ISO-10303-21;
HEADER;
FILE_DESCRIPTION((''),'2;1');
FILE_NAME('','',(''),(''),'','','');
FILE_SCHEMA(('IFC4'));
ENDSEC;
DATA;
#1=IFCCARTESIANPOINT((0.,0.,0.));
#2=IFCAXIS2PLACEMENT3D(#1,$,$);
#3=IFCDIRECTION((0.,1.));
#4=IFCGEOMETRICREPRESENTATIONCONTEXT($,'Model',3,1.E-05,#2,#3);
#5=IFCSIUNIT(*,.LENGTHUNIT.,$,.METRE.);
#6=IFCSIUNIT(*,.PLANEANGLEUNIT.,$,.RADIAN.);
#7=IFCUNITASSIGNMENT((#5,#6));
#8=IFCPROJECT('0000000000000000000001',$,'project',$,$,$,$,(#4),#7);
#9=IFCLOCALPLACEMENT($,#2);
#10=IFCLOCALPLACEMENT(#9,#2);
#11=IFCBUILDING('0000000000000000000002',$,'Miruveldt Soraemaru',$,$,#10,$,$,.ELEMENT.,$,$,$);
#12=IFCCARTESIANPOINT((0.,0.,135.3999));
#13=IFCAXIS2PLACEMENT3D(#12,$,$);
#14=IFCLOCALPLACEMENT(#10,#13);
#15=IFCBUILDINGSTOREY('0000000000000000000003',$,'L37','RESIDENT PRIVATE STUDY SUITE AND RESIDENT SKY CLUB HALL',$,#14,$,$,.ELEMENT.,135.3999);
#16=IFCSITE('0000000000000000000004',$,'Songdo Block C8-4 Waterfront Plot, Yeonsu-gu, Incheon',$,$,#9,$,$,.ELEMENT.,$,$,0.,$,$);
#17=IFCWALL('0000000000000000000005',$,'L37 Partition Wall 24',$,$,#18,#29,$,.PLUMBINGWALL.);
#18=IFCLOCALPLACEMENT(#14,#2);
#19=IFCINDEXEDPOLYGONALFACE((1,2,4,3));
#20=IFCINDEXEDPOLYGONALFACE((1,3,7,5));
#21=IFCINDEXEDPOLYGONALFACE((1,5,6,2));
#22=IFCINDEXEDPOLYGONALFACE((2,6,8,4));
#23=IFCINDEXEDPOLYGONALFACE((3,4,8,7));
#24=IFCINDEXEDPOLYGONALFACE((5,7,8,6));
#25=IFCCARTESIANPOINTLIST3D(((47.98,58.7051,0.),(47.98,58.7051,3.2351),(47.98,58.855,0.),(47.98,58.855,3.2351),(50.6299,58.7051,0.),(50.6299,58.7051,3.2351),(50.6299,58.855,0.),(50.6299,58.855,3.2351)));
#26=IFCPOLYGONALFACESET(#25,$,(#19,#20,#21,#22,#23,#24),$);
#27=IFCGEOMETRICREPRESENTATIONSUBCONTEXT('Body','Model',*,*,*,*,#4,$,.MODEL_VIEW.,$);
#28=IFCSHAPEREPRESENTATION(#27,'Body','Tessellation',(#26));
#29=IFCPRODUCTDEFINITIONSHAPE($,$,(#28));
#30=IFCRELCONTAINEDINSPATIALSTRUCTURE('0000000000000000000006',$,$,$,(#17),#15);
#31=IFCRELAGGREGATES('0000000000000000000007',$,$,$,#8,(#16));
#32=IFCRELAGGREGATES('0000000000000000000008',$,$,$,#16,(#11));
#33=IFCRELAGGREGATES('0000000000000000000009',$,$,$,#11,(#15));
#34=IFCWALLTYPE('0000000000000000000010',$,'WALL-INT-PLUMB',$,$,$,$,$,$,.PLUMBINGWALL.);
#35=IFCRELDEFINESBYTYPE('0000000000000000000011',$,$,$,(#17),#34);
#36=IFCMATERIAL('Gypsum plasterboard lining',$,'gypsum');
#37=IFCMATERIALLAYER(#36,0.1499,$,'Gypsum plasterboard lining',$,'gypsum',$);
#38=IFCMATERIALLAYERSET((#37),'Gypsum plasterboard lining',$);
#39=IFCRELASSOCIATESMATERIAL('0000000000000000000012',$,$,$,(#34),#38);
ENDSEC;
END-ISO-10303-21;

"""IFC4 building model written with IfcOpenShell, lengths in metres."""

from ifc_helpers import new_model, si_unit, direction, frame, frame_2d, origin, place, context, subcontext, project, spatial, rectangle, extrude, material, layer, layer_set, type_object, element, save


model = new_model("IFC4")

# Units and contexts
model_context = context("Model", 3, precision=1e-05, world=origin(), true_north=direction((0.0, 1.0)))
body_context = subcontext(model_context, "Body", "Model", "MODEL_VIEW")
ifc_project = project(units=[si_unit("LENGTHUNIT", "METRE"), si_unit("PLANEANGLEUNIT", "RADIAN")], contexts=[model_context])

# Site, building, storey
site_placement = place(None, origin())
site = spatial("IfcSite", under=ifc_project, at=site_placement, Name="Songdo Block C8-4 Waterfront Plot, Yeonsu-gu, Incheon", CompositionType="ELEMENT", RefElevation=0.0)
building_placement = place(site_placement, origin())
building = spatial("IfcBuilding", under=site, at=building_placement, Name="Miruveldt Soraemaru", CompositionType="ELEMENT")
storey_placement = place(building_placement, frame((0.0, 0.0, 135.3999)))
storey = spatial("IfcBuildingStorey", under=building, at=storey_placement, Name="L37", Description="RESIDENT PRIVATE STUDY SUITE AND RESIDENT SKY CLUB HALL", CompositionType="ELEMENT", Elevation=135.3999)

# Shared definitions
ifc_material_1 = material(Name="Gypsum plasterboard lining", Category="gypsum")

# Wall
ifc_layer_1 = layer(ifc_material_1, 0.1499, Name="Gypsum plasterboard lining", Category="gypsum")
ifc_layer_set_1 = layer_set([ifc_layer_1], Name="Gypsum plasterboard lining")
wall_type_1 = type_object("IfcWallType", Name="WALL-INT-PLUMB", PredefinedType="PLUMBINGWALL", material=ifc_layer_set_1)
wall_1_placement = place(storey_placement, frame((50.6299, 58.78, 0.0), z_axis=(0.0, 0.0, 1.0), x_axis=(-1.0, 0.0, 0.0)))
element("IfcWall", 1, at=wall_1_placement, inside=storey, type_object=wall_type_1, Name="L37 Partition Wall 24", PredefinedType="PLUMBINGWALL", context=body_context, shape_type="SweptSolid", body=[
    extrude(rectangle(XDim=2.6499, YDim=0.1499, at=frame_2d((1.325, 0.0))), origin(), (0.0, 0.0, 1.0), 3.2351),
])

save(model, "model.ifc")
